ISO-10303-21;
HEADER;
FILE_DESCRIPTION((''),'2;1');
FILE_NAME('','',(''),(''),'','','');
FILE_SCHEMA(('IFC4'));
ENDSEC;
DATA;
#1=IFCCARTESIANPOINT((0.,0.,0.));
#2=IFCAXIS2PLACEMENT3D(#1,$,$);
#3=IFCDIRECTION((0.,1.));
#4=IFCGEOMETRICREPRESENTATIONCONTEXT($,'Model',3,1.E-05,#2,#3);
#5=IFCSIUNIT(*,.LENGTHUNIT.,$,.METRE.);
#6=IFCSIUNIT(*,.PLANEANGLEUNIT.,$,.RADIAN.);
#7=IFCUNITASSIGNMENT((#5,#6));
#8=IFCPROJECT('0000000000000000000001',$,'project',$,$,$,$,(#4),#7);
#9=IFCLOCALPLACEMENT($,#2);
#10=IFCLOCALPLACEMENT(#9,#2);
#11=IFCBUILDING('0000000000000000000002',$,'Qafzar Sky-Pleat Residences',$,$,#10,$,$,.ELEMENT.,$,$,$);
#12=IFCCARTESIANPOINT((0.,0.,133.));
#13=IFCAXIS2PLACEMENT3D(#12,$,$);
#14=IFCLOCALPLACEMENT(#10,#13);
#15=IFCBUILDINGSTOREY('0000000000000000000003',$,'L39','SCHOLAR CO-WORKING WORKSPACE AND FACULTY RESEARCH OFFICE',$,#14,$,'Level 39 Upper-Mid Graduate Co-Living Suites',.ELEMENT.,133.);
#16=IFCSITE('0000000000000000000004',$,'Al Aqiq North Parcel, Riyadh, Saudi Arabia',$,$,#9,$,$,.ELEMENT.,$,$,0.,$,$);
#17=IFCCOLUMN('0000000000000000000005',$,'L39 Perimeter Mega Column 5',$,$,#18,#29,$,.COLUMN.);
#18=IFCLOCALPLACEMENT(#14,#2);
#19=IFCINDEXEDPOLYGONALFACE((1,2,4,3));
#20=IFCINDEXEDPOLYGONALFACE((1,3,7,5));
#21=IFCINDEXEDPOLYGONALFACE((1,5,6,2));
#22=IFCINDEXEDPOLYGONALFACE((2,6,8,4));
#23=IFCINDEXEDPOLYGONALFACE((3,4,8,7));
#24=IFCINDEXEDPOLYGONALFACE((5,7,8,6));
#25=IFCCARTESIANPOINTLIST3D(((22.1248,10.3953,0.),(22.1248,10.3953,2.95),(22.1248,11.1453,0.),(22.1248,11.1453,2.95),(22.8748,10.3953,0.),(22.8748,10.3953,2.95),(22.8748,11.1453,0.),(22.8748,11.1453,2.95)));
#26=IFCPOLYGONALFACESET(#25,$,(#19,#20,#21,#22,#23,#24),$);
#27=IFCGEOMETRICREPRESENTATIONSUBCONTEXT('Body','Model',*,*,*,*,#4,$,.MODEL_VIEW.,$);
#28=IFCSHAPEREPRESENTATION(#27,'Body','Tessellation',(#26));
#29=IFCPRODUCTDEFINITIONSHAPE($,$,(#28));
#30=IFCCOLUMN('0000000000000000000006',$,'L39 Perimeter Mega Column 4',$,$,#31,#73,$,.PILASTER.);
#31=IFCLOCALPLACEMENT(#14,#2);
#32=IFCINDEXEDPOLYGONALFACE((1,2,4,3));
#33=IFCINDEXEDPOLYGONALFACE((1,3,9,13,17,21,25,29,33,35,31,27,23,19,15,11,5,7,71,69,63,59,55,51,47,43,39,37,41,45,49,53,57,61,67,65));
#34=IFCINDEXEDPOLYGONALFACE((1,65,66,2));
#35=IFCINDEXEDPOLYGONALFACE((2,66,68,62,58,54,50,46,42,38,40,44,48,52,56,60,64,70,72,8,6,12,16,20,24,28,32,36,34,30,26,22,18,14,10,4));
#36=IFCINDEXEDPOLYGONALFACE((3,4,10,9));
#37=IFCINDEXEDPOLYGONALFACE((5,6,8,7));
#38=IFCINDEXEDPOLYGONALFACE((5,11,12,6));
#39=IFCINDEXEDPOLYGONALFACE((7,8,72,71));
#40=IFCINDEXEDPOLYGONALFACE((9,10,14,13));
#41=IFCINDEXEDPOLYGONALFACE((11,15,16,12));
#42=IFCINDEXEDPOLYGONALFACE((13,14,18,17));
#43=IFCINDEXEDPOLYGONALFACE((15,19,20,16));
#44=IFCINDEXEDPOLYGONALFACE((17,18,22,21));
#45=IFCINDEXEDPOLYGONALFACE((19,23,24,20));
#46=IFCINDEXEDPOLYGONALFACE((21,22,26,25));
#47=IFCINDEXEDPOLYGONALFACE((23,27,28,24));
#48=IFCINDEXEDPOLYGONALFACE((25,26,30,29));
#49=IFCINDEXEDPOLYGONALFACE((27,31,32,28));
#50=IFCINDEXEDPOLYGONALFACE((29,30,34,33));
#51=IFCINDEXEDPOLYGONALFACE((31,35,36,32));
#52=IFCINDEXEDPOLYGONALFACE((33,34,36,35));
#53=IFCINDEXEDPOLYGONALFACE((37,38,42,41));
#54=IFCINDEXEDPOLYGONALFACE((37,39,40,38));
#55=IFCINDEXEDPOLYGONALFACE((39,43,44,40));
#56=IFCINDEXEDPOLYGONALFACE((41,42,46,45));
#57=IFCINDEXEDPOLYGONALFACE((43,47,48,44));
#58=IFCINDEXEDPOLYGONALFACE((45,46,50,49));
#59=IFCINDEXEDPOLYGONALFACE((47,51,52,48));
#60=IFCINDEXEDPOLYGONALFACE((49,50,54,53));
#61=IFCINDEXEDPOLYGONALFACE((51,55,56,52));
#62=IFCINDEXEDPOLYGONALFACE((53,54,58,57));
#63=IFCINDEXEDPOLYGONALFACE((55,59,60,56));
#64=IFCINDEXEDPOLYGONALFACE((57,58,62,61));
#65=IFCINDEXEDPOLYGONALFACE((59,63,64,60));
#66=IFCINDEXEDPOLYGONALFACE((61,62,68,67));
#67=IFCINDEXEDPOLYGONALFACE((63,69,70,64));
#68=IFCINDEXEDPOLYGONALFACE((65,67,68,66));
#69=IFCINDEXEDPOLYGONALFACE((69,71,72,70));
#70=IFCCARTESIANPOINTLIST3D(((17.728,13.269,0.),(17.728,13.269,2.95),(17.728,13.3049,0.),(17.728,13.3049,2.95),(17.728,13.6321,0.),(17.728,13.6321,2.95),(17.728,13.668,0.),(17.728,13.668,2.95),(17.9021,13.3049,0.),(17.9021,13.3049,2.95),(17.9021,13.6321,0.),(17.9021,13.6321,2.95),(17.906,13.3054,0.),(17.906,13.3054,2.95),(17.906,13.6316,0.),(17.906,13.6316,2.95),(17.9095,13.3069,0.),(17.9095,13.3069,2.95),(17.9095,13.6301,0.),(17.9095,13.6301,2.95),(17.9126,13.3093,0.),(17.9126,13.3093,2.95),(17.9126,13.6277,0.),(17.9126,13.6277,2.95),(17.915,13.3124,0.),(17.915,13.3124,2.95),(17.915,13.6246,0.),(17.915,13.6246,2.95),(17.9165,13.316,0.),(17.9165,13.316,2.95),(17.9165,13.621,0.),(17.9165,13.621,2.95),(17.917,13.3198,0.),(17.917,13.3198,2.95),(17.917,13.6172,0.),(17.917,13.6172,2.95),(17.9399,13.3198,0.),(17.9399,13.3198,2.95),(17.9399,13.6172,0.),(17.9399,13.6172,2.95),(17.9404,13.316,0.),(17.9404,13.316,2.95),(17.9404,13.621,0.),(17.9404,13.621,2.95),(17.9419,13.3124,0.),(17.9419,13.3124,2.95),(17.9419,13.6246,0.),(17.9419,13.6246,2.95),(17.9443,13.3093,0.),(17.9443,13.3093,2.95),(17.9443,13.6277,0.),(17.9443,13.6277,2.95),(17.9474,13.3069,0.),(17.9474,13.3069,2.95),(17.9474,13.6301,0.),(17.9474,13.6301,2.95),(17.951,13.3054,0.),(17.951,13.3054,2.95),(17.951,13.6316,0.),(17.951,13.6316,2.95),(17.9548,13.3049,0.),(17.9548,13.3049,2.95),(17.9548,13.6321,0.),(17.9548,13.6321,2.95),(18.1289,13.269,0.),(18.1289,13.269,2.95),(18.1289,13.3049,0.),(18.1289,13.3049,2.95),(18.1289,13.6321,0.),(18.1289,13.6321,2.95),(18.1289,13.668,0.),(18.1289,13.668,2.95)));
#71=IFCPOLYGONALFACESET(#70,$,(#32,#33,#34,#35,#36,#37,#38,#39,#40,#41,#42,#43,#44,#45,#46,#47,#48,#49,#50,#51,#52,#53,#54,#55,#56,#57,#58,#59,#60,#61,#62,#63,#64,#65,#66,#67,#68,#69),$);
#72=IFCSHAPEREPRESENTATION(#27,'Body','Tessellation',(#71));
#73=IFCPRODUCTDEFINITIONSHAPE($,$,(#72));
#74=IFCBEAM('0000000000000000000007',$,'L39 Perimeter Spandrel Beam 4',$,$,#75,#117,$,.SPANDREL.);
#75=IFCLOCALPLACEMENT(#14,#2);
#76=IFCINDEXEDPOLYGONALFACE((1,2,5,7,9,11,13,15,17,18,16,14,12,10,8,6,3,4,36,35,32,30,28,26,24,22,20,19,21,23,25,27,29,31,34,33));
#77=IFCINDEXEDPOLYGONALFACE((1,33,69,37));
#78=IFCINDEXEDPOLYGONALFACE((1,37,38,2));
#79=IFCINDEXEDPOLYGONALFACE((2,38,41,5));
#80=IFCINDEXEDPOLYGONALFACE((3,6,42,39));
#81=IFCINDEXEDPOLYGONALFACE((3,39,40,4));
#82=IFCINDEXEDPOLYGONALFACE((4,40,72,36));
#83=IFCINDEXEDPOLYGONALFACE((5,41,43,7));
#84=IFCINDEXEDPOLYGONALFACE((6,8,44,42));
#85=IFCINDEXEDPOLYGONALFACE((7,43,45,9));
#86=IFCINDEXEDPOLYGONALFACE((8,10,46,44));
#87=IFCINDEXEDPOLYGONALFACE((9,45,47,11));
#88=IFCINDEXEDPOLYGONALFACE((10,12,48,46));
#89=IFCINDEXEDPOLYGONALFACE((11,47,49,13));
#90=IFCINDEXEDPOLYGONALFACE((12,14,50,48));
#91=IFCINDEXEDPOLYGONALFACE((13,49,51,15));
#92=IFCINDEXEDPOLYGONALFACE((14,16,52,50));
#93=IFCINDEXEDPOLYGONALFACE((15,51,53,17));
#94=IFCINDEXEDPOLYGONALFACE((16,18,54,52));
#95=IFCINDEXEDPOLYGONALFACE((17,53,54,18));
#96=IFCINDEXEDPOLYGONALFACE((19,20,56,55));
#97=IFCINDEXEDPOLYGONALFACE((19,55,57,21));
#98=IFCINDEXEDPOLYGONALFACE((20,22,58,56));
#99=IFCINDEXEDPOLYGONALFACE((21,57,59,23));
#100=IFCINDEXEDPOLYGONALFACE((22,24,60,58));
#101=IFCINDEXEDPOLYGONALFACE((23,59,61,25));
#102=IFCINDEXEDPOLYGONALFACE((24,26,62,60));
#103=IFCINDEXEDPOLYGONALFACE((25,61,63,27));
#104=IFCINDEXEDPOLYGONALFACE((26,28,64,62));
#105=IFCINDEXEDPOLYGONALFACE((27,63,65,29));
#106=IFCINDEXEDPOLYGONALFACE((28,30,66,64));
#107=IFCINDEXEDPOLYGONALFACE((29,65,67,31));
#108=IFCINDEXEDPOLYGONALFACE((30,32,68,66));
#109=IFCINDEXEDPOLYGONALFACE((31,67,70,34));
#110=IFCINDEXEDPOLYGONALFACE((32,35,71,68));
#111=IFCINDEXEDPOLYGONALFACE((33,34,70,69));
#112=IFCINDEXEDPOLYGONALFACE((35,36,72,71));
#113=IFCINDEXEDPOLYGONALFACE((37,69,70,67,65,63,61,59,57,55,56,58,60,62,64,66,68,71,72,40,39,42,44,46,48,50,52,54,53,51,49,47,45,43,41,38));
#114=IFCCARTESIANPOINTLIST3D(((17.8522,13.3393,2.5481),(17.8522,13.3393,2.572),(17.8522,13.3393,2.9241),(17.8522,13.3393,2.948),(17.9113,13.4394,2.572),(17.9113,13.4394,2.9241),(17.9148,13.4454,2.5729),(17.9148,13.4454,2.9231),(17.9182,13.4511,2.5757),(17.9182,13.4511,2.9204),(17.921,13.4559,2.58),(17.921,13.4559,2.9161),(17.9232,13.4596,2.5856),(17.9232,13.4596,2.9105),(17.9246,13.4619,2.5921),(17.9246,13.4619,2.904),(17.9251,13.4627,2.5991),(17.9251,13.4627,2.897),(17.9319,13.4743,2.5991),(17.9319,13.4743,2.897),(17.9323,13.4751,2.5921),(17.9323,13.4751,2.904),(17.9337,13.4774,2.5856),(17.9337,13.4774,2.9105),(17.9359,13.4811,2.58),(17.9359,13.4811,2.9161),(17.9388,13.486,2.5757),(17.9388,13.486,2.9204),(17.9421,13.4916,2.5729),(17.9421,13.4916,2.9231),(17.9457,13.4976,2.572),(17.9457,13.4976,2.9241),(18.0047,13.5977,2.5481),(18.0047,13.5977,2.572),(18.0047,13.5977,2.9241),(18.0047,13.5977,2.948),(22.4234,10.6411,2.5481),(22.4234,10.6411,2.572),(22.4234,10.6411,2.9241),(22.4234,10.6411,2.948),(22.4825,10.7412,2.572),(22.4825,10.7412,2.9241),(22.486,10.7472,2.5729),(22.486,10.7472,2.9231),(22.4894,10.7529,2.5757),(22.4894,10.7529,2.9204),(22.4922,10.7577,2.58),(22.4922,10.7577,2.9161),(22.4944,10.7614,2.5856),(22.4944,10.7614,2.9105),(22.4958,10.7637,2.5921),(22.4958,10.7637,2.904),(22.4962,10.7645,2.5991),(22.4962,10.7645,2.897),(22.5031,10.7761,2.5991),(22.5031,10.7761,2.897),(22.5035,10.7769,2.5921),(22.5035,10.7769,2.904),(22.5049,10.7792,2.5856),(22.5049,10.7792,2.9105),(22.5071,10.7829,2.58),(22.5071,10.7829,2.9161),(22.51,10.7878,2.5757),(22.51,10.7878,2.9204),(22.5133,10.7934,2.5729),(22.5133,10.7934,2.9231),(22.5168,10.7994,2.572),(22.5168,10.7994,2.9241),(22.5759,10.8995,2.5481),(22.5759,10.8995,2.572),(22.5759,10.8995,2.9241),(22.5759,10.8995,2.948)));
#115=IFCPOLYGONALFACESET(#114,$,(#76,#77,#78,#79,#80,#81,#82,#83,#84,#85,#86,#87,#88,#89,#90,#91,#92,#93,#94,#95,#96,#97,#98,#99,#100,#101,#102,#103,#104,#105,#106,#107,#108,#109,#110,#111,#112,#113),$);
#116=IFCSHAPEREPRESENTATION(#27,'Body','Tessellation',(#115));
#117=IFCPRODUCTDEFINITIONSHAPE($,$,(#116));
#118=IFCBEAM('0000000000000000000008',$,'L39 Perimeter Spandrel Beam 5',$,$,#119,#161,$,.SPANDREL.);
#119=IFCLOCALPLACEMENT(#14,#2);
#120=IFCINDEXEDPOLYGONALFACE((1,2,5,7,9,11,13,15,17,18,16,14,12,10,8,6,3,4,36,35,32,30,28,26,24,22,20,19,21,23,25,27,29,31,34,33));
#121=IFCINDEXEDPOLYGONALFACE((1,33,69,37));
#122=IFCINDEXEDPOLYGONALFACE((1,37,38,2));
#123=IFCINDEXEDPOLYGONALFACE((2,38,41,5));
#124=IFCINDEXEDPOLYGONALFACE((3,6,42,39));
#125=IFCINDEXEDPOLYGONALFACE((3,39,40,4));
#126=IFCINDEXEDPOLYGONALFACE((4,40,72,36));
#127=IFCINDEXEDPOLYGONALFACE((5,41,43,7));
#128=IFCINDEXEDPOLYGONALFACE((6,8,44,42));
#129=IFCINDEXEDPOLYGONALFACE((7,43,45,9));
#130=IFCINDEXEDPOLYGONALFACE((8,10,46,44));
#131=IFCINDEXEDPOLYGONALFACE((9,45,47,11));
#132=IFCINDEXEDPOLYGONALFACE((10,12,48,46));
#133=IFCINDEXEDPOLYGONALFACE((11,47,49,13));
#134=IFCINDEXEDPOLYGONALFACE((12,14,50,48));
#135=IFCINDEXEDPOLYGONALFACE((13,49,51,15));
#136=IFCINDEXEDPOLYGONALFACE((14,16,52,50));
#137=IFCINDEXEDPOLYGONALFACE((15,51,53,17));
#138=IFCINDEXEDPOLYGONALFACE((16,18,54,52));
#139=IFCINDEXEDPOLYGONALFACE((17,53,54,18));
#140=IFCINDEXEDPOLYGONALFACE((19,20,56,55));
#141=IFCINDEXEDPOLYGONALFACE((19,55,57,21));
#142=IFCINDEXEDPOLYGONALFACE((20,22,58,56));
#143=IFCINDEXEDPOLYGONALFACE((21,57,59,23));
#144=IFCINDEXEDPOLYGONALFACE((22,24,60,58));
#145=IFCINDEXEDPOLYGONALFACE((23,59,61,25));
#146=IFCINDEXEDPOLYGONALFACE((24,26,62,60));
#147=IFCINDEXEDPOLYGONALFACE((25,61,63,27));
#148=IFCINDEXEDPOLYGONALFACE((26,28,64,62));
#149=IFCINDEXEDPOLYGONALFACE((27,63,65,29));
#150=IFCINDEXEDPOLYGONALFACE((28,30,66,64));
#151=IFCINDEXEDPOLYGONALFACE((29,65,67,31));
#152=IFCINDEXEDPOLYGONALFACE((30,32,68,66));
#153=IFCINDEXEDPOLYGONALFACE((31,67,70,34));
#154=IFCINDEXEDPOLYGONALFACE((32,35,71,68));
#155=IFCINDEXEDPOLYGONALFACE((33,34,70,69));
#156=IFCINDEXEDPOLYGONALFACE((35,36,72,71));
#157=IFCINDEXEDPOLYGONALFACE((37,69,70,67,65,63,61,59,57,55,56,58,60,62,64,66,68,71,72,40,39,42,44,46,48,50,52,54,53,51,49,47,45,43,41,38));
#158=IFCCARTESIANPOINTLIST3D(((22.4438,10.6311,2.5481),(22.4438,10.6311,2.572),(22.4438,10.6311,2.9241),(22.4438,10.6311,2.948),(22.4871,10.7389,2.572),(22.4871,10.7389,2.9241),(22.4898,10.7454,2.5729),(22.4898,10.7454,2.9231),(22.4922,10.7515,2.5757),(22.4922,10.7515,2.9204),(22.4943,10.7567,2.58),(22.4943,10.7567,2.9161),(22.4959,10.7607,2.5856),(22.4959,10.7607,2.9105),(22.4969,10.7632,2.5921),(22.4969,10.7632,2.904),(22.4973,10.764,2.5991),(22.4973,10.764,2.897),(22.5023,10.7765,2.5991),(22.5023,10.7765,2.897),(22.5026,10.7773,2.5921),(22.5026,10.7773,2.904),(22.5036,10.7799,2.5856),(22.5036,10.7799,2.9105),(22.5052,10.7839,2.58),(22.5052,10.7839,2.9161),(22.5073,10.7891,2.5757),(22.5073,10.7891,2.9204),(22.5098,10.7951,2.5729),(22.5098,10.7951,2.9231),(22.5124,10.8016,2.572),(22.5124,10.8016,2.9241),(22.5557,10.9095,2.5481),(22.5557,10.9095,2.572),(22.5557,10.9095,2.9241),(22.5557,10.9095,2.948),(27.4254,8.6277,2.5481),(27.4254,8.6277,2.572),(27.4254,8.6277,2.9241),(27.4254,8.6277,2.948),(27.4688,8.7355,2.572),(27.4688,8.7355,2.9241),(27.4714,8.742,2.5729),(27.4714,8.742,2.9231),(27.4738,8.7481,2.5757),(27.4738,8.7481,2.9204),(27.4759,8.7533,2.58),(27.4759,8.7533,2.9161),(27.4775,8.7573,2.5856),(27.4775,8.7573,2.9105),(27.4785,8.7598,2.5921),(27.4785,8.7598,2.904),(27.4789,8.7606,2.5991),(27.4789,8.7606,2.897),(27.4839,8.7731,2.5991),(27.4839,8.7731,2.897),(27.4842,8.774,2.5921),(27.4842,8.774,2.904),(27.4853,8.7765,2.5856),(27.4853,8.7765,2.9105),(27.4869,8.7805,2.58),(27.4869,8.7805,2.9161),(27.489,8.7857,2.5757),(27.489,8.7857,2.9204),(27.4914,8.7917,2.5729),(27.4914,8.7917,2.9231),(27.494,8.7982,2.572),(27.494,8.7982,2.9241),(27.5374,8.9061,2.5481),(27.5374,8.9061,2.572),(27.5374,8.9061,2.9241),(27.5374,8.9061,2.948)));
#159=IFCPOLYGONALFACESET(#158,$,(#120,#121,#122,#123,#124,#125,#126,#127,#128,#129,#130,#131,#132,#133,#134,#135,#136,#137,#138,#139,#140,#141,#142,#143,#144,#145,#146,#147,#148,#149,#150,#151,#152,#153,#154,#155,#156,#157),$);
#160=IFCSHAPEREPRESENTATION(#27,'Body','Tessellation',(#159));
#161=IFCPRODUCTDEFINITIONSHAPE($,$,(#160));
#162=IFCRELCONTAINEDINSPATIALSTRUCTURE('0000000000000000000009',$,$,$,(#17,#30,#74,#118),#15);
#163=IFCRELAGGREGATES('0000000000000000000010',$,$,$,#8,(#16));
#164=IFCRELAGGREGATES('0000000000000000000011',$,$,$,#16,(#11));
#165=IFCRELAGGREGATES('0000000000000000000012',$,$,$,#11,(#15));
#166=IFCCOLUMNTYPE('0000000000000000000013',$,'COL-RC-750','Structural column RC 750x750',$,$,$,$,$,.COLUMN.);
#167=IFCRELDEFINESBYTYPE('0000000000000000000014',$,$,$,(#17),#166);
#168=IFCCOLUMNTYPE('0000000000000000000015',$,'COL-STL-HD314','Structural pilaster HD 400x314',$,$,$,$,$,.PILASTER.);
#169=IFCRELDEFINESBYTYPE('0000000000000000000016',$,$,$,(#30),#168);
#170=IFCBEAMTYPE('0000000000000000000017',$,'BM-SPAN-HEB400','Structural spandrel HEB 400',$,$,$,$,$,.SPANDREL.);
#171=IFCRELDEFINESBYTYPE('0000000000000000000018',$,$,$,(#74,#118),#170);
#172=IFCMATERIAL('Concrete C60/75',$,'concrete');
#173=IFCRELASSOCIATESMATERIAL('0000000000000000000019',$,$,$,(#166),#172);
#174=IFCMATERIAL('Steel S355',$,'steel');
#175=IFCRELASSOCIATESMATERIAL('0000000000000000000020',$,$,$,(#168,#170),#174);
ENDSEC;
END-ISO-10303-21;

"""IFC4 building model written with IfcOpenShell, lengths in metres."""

from ifc_helpers import new_model, si_unit, direction, frame, origin, origin_2d, place, context, subcontext, project, spatial, rectangle, i_section, extrude, source, transform, mapped, material, material_profile, profile_set, type_object, element, save


model = new_model("IFC4")

# Units and contexts
model_context = context("Model", 3, precision=1e-05, world=origin(), true_north=direction((0.0, 1.0)))
body_context = subcontext(model_context, "Body", "Model", "MODEL_VIEW")
ifc_project = project(units=[si_unit("LENGTHUNIT", "METRE"), si_unit("PLANEANGLEUNIT", "RADIAN")], contexts=[model_context])

# Site, building, storey
site_placement = place(None, origin())
site = spatial("IfcSite", under=ifc_project, at=site_placement, Name="Al Aqiq North Parcel, Riyadh, Saudi Arabia", CompositionType="ELEMENT", RefElevation=0.0)
building_placement = place(site_placement, origin())
building = spatial("IfcBuilding", under=site, at=building_placement, Name="Qafzar Sky-Pleat Residences", CompositionType="ELEMENT")
storey_placement = place(building_placement, frame((0.0, 0.0, 133.0)))
storey = spatial("IfcBuildingStorey", under=building, at=storey_placement, Name="L39", Description="SCHOLAR CO-WORKING WORKSPACE AND FACULTY RESEARCH OFFICE", LongName="Level 39 Upper-Mid Graduate Co-Living Suites", CompositionType="ELEMENT", Elevation=133.0)

# Columns
ifc_material_1 = material(Name="Concrete C60/75", Category="concrete")
ifc_material_profile_1 = material_profile(ifc_material_1, rectangle(XDim=0.75, YDim=0.75, at=origin_2d()), Name="RC 750x750")
ifc_profile_set_1 = profile_set([ifc_material_profile_1], Name="Concrete C60/75")
column_type_1 = type_object("IfcColumnType", Name="COL-RC-750", Description="Structural column RC 750x750", PredefinedType="COLUMN", material=ifc_profile_set_1)
shared_shape_1 = source(origin(), body_context, "Body", "SweptSolid", [
    extrude(rectangle(XDim=0.75, YDim=0.75, at=origin_2d()), origin(), (0.0, 0.0, 1.0), 2.95),
])
column_1_placement = place(storey_placement, frame((22.4998, 10.7703, 0.0), z_axis=(0.0, 0.0, 1.0), x_axis=(1.0, 0.0, 0.0)))
element("IfcColumn", 1, at=column_1_placement, inside=storey, type_object=column_type_1, Name="L39 Perimeter Mega Column 5", PredefinedType="COLUMN", context=body_context, shape_type="MappedRepresentation", body=[
    mapped(shared_shape_1, transform((0.0, 0.0, 0.0), x_axis=(1.0, 0.0, 0.0), y_axis=(0.0, 1.0, 0.0), z_axis=(0.0, 0.0, 1.0), scale=1.0)),
])
ifc_material_2 = material(Name="Steel S355", Category="steel")
ifc_material_profile_2 = material_profile(ifc_material_2, i_section(OverallWidth=0.4009, OverallDepth=0.3989, WebThickness=0.0229, FlangeThickness=0.0359, FilletRadius=0.0149, at=origin_2d()), Name="HD 400x314")
ifc_profile_set_2 = profile_set([ifc_material_profile_2], Name="Steel S355")
column_type_2 = type_object("IfcColumnType", Name="COL-STL-HD314", Description="Structural pilaster HD 400x314", PredefinedType="PILASTER", material=ifc_profile_set_2)
shared_shape_2 = source(origin(), body_context, "Body", "SweptSolid", [
    extrude(i_section(OverallWidth=0.4009, OverallDepth=0.3989, WebThickness=0.0229, FlangeThickness=0.0359, FilletRadius=0.0149, at=origin_2d()), origin(), (0.0, 0.0, 1.0), 2.95),
])
column_2_placement = place(storey_placement, frame((17.9285, 13.4685, 0.0), z_axis=(0.0, 0.0, 1.0), x_axis=(1.0, 0.0, 0.0)))
element("IfcColumn", 2, at=column_2_placement, inside=storey, type_object=column_type_2, Name="L39 Perimeter Mega Column 4", PredefinedType="PILASTER", context=body_context, shape_type="MappedRepresentation", body=[
    mapped(shared_shape_2, transform((0.0, 0.0, 0.0), x_axis=(1.0, 0.0, 0.0), y_axis=(0.0, 1.0, 0.0), z_axis=(0.0, 0.0, 1.0), scale=1.0)),
])

# Beams
ifc_material_profile_3 = material_profile(ifc_material_2, i_section(OverallWidth=0.3, OverallDepth=0.3999, WebThickness=0.0134, FlangeThickness=0.0239, FilletRadius=0.0271, at=origin_2d()), Name="HEB 400")
ifc_profile_set_3 = profile_set([ifc_material_profile_3], Name="Steel S355")
beam_type_1 = type_object("IfcBeamType", Name="BM-SPAN-HEB400", Description="Structural spandrel HEB 400", PredefinedType="SPANDREL", material=ifc_profile_set_3)
shared_shape_3 = source(origin(), body_context, "Body", "SweptSolid", [
    extrude(i_section(OverallWidth=0.3, OverallDepth=0.3999, WebThickness=0.0134, FlangeThickness=0.0239, FilletRadius=0.0271, at=origin_2d()), origin(), (0.0, 0.0, 1.0), 5.3081),
])
beam_1_placement = place(storey_placement, frame((17.9285, 13.4685, 2.748), z_axis=(0.861172, -0.508314, 0.0), x_axis=(0.508314, 0.861172, 0.0)))
element("IfcBeam", 3, at=beam_1_placement, inside=storey, type_object=beam_type_1, Name="L39 Perimeter Spandrel Beam 4", PredefinedType="SPANDREL", context=body_context, shape_type="MappedRepresentation", body=[
    mapped(shared_shape_3, transform((0.0, 0.0, 0.0), x_axis=(1.0, 0.0, 0.0), y_axis=(0.0, 1.0, 0.0), z_axis=(0.0, 0.0, 1.0), scale=1.0)),
])
shared_shape_4 = source(origin(), body_context, "Body", "SweptSolid", [
    extrude(i_section(OverallWidth=0.3, OverallDepth=0.3999, WebThickness=0.0134, FlangeThickness=0.0239, FilletRadius=0.0271, at=origin_2d()), origin(), (0.0, 0.0, 1.0), 5.3694),
])
beam_2_placement = place(storey_placement, frame((22.4998, 10.7703, 2.748), z_axis=(0.927785, -0.373115, 0.0), x_axis=(0.373115, 0.927785, 0.0)))
element("IfcBeam", 4, at=beam_2_placement, inside=storey, type_object=beam_type_1, Name="L39 Perimeter Spandrel Beam 5", PredefinedType="SPANDREL", context=body_context, shape_type="MappedRepresentation", body=[
    mapped(shared_shape_4, transform((0.0, 0.0, 0.0), x_axis=(1.0, 0.0, 0.0), y_axis=(0.0, 1.0, 0.0), z_axis=(0.0, 0.0, 1.0), scale=1.0)),
])

save(model, "model.ifc")
